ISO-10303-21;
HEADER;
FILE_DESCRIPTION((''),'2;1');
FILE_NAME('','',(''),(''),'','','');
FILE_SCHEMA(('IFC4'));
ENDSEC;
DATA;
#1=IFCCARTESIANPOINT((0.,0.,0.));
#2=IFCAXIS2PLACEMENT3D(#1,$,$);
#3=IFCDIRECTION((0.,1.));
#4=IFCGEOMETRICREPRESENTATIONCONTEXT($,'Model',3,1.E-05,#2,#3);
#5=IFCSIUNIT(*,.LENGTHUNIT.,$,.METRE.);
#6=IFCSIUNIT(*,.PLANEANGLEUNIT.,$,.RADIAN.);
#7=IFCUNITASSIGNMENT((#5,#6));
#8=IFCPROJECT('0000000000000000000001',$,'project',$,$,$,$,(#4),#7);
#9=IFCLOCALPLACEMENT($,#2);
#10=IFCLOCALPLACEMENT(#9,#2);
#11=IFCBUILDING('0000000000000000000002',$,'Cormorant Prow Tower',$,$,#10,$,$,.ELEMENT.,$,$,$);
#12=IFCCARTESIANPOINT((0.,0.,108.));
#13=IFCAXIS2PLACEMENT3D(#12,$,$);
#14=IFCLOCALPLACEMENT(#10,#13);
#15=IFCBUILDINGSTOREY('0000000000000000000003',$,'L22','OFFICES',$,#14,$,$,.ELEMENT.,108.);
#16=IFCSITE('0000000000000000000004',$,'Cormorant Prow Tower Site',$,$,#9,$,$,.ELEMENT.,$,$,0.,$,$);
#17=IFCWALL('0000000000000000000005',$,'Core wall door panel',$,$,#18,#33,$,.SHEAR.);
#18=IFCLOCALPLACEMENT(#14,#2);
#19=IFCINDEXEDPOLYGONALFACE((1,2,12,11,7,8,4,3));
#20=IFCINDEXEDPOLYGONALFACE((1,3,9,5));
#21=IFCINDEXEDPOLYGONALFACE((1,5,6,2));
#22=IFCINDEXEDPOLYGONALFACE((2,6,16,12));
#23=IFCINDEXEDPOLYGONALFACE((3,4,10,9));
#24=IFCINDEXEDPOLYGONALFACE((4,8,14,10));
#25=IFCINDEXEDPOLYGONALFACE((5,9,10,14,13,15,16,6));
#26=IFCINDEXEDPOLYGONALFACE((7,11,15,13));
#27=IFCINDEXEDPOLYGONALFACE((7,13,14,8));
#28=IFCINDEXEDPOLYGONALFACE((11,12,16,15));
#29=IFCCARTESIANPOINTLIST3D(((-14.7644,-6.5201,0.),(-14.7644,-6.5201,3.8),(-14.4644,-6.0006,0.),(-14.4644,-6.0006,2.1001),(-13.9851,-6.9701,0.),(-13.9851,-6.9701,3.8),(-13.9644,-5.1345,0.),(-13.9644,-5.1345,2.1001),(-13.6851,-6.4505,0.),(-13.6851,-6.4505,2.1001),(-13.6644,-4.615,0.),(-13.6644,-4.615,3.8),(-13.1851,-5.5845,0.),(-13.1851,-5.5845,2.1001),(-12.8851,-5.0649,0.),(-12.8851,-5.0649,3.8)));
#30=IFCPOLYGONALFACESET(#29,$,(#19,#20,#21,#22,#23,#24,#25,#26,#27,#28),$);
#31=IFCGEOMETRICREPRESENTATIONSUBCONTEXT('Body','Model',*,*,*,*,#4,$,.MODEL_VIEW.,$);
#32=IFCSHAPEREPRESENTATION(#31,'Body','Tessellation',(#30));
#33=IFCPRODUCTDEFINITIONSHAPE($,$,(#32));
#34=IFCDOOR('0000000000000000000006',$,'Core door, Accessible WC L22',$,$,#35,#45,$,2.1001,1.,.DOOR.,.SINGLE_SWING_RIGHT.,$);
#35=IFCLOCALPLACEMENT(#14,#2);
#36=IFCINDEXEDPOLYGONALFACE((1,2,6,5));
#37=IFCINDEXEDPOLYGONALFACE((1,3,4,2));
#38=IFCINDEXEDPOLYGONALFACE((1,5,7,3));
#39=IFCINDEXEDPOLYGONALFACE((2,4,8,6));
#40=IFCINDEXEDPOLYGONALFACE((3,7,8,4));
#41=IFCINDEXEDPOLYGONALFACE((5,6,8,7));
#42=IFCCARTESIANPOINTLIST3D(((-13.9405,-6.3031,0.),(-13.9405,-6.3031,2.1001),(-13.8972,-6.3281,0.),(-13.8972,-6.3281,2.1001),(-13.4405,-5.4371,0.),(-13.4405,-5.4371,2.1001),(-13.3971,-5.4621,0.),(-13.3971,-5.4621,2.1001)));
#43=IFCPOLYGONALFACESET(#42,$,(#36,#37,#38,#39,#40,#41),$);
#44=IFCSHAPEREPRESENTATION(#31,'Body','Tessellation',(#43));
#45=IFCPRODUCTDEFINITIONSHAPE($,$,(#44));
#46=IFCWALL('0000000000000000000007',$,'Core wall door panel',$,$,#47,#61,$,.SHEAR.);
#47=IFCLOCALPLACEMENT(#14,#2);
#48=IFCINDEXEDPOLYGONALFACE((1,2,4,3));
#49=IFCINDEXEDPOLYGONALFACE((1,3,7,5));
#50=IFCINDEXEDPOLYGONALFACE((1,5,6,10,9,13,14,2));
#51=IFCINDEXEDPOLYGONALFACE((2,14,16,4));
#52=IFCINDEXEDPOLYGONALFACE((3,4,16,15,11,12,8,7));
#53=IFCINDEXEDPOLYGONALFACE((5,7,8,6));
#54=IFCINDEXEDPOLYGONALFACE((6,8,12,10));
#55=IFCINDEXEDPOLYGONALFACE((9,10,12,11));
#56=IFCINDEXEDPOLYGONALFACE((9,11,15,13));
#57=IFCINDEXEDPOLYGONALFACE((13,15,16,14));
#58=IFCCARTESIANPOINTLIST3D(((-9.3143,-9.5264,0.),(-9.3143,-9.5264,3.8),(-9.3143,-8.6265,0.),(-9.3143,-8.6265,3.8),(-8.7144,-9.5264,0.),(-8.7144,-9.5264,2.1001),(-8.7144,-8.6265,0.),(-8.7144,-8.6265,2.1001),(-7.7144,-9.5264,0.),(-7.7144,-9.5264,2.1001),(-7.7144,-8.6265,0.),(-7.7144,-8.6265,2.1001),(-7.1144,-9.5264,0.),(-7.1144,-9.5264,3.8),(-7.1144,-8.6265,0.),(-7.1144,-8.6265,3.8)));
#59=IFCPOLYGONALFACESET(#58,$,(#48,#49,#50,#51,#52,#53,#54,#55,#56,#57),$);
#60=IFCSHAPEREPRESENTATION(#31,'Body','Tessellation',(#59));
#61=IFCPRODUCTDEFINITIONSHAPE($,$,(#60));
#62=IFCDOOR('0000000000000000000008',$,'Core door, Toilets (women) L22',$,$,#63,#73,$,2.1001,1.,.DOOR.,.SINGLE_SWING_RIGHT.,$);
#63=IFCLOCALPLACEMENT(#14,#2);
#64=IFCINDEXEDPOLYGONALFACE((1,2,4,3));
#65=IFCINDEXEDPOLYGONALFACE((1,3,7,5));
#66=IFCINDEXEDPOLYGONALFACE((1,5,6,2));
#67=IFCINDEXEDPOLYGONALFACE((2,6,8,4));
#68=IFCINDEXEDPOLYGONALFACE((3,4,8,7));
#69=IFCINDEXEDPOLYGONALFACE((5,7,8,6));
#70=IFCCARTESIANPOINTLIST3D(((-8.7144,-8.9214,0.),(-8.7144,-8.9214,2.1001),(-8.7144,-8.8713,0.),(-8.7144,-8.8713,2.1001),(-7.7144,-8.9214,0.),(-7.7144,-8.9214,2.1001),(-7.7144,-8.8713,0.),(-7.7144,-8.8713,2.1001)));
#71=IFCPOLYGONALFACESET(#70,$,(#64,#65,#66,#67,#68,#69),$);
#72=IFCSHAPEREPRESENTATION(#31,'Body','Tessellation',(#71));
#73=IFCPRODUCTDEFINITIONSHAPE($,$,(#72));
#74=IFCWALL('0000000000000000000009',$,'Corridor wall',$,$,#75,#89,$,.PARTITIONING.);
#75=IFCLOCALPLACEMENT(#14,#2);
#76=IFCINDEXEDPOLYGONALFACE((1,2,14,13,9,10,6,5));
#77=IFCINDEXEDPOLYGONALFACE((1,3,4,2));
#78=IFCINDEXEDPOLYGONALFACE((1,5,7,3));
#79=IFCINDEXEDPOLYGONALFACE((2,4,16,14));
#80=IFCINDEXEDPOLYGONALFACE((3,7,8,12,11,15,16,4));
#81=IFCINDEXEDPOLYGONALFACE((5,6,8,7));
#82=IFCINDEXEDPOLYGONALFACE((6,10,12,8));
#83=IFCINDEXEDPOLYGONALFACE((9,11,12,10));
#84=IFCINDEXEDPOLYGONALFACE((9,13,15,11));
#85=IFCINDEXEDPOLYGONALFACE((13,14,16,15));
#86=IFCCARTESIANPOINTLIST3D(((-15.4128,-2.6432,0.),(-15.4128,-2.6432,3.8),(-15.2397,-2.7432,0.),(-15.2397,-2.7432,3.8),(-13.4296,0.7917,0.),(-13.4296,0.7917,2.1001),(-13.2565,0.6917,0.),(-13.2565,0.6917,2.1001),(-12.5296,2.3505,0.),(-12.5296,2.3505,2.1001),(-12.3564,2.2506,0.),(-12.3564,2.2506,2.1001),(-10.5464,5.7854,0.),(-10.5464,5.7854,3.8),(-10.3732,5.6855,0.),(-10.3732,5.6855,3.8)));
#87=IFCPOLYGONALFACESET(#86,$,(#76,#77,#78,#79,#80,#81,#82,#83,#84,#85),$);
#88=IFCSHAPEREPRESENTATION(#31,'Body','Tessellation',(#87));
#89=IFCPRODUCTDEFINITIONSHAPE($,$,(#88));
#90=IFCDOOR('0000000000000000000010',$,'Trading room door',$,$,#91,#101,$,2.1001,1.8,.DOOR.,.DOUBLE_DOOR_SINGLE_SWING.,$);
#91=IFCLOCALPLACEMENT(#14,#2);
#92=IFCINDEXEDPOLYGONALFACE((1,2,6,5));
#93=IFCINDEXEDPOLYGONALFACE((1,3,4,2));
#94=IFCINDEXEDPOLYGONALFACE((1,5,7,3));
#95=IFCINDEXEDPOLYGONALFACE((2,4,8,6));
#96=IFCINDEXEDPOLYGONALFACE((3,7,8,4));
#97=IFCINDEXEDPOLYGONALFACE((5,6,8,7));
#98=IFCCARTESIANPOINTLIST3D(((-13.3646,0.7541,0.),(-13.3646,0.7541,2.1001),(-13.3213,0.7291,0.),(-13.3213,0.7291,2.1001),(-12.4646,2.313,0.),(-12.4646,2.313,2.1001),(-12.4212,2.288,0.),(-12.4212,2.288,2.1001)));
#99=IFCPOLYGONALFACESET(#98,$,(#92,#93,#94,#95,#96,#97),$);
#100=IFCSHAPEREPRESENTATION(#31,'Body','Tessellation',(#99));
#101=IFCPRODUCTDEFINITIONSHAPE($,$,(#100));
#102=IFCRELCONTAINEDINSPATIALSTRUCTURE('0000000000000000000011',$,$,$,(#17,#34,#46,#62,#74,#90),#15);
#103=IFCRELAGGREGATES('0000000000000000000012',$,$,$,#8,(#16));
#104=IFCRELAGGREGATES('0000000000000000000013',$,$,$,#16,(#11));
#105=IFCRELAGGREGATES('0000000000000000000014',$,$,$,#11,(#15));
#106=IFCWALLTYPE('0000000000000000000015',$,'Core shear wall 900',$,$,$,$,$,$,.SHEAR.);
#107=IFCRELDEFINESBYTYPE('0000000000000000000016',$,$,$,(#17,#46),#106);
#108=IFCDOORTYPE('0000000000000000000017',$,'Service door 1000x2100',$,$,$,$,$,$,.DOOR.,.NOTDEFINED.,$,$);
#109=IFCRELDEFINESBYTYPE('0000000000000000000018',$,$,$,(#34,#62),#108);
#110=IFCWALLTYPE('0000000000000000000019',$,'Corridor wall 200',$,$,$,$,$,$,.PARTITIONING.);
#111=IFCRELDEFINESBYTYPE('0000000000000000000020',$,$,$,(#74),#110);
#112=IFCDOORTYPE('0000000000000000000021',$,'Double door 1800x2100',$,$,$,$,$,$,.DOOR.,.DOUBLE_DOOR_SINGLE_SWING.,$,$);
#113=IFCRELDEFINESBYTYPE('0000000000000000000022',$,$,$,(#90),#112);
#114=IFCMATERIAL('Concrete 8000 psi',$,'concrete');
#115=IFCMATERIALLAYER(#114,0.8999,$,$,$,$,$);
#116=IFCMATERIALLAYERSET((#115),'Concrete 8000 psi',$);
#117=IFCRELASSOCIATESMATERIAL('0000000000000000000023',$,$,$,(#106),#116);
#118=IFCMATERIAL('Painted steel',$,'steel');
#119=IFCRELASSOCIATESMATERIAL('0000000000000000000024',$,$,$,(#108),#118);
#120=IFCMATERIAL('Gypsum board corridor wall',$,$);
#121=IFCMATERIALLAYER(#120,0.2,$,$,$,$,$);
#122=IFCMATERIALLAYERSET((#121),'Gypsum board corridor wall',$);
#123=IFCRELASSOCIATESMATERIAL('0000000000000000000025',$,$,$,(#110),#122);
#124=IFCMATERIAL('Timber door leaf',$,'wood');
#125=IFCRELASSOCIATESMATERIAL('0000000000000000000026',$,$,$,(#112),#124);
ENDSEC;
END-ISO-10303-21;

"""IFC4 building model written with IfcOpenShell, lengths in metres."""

from ifc_helpers import new_model, si_unit, direction, frame, frame_2d, origin, place, context, subcontext, project, spatial, rectangle, extrude, material, layer, layer_set, type_object, element, fill, save


model = new_model("IFC4")

# Units and contexts
model_context = context("Model", 3, precision=1e-05, world=origin(), true_north=direction((0.0, 1.0)))
body_context = subcontext(model_context, "Body", "Model", "MODEL_VIEW")
ifc_project = project(units=[si_unit("LENGTHUNIT", "METRE"), si_unit("PLANEANGLEUNIT", "RADIAN")], contexts=[model_context])

# Site, building, storey
site_placement = place(None, origin())
site = spatial("IfcSite", under=ifc_project, at=site_placement, Name="Cormorant Prow Tower Site", CompositionType="ELEMENT", RefElevation=0.0)
building_placement = place(site_placement, origin())
building = spatial("IfcBuilding", under=site, at=building_placement, Name="Cormorant Prow Tower", CompositionType="ELEMENT")
storey_placement = place(building_placement, frame((0.0, 0.0, 108.0)))
storey = spatial("IfcBuildingStorey", under=building, at=storey_placement, Name="L22", Description="OFFICES", CompositionType="ELEMENT", Elevation=108.0)

# Shared definitions
ifc_material_1 = material(Name="Concrete 8000 psi", Category="concrete")
ifc_layer_1 = layer(ifc_material_1, 0.8999)
ifc_layer_set_1 = layer_set([ifc_layer_1], Name="Concrete 8000 psi")
wall_type_1 = type_object("IfcWallType", Name="Core shear wall 900", PredefinedType="SHEAR", material=ifc_layer_set_1)

# Walls, openings, doors
ifc_material_2 = material(Name="Painted steel", Category="steel")
door_type_1 = type_object("IfcDoorType", Name="Service door 1000x2100", OperationType="NOTDEFINED", PredefinedType="DOOR", material=ifc_material_2)
wall_1_placement = place(storey_placement, frame((-13.2747, -4.8398, 0.0), z_axis=(0.0, 0.0, 1.0), x_axis=(-0.50003, -0.866008, 0.0)))
wall_1 = element("IfcWall", 1, at=wall_1_placement, inside=storey, type_object=wall_type_1, Name="Core wall door panel", PredefinedType="SHEAR", context=body_context, shape_type="SweptSolid", body=[
    extrude(rectangle(XDim=2.2, YDim=0.8999, at=frame_2d((1.1001, 0.0))), origin(), (0.0, 0.0, 1.0), 3.8),
])
opening_1_placement = place(wall_1_placement, frame((0.6001, 0.0, 0.0)))
opening_1 = element("IfcOpeningElement", 2, at=opening_1_placement, cuts=wall_1, PredefinedType="OPENING", context=body_context, shape_type="SweptSolid", body=[
    extrude(rectangle(XDim=1.0, YDim=2.1001, at=frame_2d((0.5, 1.05))), frame((0.0, 0.46, 0.0), z_axis=(0.0, -1.0, 0.0), x_axis=(1.0, 0.0, 0.0)), (0.0, 0.0, 1.0), 0.9199),
])
door_1_placement = place(opening_1_placement, origin())
door_1 = element("IfcDoor", 3, at=door_1_placement, inside=storey, type_object=door_type_1, Name="Core door, Accessible WC L22", OperationType="SINGLE_SWING_RIGHT", OverallHeight=2.1001, OverallWidth=1.0, PredefinedType="DOOR", context=body_context, shape_type="SweptSolid", body=[
    extrude(rectangle(XDim=1.0, YDim=2.1001, at=frame_2d((0.5, 1.05))), frame((0.0, 0.2051, 0.0), z_axis=(0.0, -1.0, 0.0), x_axis=(1.0, 0.0, 0.0)), (0.0, 0.0, 1.0), 0.05),
])
fill(opening_1, door_1)
wall_2_placement = place(storey_placement, frame((-9.3145, -9.0764, 0.0), z_axis=(0.0, 0.0, 1.0), x_axis=(1.0, 0.0, 0.0)))
wall_2 = element("IfcWall", 4, at=wall_2_placement, inside=storey, type_object=wall_type_1, Name="Core wall door panel", PredefinedType="SHEAR", context=body_context, shape_type="SweptSolid", body=[
    extrude(rectangle(XDim=2.2, YDim=0.8999, at=frame_2d((1.1001, 0.0))), origin(), (0.0, 0.0, 1.0), 3.8),
])
opening_2_placement = place(wall_2_placement, frame((0.6001, 0.0, 0.0)))
opening_2 = element("IfcOpeningElement", 5, at=opening_2_placement, cuts=wall_2, PredefinedType="OPENING", context=body_context, shape_type="SweptSolid", body=[
    extrude(rectangle(XDim=1.0, YDim=2.1001, at=frame_2d((0.5, 1.05))), frame((0.0, 0.46, 0.0), z_axis=(0.0, -1.0, 0.0), x_axis=(1.0, 0.0, 0.0)), (0.0, 0.0, 1.0), 0.9199),
])
door_2_placement = place(opening_2_placement, origin())
door_2 = element("IfcDoor", 6, at=door_2_placement, inside=storey, type_object=door_type_1, Name="Core door, Toilets (women) L22", OperationType="SINGLE_SWING_RIGHT", OverallHeight=2.1001, OverallWidth=1.0, PredefinedType="DOOR", context=body_context, shape_type="SweptSolid", body=[
    extrude(rectangle(XDim=1.0, YDim=2.1001, at=frame_2d((0.5, 1.05))), frame((0.0, 0.2051, 0.0), z_axis=(0.0, -1.0, 0.0), x_axis=(1.0, 0.0, 0.0)), (0.0, 0.0, 1.0), 0.05),
])
fill(opening_2, door_2)
ifc_material_3 = material(Name="Gypsum board corridor wall")
ifc_layer_2 = layer(ifc_material_3, 0.2)
ifc_layer_set_2 = layer_set([ifc_layer_2], Name="Gypsum board corridor wall")
wall_type_2 = type_object("IfcWallType", Name="Corridor wall 200", PredefinedType="PARTITIONING", material=ifc_layer_set_2)
wall_3_placement = place(storey_placement, frame((-15.3262, -2.6931, 0.0), z_axis=(0.0, 0.0, 1.0), x_axis=(0.500011, 0.866019, 0.0)))
wall_3 = element("IfcWall", 7, at=wall_3_placement, inside=storey, type_object=wall_type_2, Name="Corridor wall", PredefinedType="PARTITIONING", context=body_context, shape_type="SweptSolid", body=[
    extrude(rectangle(XDim=9.7327, YDim=0.2, at=frame_2d((4.8662, 0.0))), origin(), (0.0, 0.0, 1.0), 3.8),
])
opening_3_placement = place(wall_3_placement, frame((3.9663, 0.0, 0.0)))
opening_3 = element("IfcOpeningElement", 8, at=opening_3_placement, cuts=wall_3, PredefinedType="OPENING", context=body_context, shape_type="SweptSolid", body=[
    extrude(rectangle(XDim=1.8, YDim=2.1001, at=frame_2d((0.8999, 1.05))), frame((0.0, 0.1099, 0.0), z_axis=(0.0, -1.0, 0.0), x_axis=(1.0, 0.0, 0.0)), (0.0, 0.0, 1.0), 0.22),
])
ifc_material_4 = material(Name="Timber door leaf", Category="wood")
door_type_2 = type_object("IfcDoorType", Name="Double door 1800x2100", OperationType="DOUBLE_DOOR_SINGLE_SWING", PredefinedType="DOOR", material=ifc_material_4)
door_3_placement = place(opening_3_placement, origin())
door_3 = element("IfcDoor", 9, at=door_3_placement, inside=storey, type_object=door_type_2, Name="Trading room door", OperationType="DOUBLE_DOOR_SINGLE_SWING", OverallHeight=2.1001, OverallWidth=1.8, PredefinedType="DOOR", context=body_context, shape_type="SweptSolid", body=[
    extrude(rectangle(XDim=1.8, YDim=2.1001, at=frame_2d((0.8999, 1.05))), frame((0.0, 0.0249, 0.0), z_axis=(0.0, -1.0, 0.0), x_axis=(1.0, 0.0, 0.0)), (0.0, 0.0, 1.0), 0.05),
])
fill(opening_3, door_3)

save(model, "model.ifc")
